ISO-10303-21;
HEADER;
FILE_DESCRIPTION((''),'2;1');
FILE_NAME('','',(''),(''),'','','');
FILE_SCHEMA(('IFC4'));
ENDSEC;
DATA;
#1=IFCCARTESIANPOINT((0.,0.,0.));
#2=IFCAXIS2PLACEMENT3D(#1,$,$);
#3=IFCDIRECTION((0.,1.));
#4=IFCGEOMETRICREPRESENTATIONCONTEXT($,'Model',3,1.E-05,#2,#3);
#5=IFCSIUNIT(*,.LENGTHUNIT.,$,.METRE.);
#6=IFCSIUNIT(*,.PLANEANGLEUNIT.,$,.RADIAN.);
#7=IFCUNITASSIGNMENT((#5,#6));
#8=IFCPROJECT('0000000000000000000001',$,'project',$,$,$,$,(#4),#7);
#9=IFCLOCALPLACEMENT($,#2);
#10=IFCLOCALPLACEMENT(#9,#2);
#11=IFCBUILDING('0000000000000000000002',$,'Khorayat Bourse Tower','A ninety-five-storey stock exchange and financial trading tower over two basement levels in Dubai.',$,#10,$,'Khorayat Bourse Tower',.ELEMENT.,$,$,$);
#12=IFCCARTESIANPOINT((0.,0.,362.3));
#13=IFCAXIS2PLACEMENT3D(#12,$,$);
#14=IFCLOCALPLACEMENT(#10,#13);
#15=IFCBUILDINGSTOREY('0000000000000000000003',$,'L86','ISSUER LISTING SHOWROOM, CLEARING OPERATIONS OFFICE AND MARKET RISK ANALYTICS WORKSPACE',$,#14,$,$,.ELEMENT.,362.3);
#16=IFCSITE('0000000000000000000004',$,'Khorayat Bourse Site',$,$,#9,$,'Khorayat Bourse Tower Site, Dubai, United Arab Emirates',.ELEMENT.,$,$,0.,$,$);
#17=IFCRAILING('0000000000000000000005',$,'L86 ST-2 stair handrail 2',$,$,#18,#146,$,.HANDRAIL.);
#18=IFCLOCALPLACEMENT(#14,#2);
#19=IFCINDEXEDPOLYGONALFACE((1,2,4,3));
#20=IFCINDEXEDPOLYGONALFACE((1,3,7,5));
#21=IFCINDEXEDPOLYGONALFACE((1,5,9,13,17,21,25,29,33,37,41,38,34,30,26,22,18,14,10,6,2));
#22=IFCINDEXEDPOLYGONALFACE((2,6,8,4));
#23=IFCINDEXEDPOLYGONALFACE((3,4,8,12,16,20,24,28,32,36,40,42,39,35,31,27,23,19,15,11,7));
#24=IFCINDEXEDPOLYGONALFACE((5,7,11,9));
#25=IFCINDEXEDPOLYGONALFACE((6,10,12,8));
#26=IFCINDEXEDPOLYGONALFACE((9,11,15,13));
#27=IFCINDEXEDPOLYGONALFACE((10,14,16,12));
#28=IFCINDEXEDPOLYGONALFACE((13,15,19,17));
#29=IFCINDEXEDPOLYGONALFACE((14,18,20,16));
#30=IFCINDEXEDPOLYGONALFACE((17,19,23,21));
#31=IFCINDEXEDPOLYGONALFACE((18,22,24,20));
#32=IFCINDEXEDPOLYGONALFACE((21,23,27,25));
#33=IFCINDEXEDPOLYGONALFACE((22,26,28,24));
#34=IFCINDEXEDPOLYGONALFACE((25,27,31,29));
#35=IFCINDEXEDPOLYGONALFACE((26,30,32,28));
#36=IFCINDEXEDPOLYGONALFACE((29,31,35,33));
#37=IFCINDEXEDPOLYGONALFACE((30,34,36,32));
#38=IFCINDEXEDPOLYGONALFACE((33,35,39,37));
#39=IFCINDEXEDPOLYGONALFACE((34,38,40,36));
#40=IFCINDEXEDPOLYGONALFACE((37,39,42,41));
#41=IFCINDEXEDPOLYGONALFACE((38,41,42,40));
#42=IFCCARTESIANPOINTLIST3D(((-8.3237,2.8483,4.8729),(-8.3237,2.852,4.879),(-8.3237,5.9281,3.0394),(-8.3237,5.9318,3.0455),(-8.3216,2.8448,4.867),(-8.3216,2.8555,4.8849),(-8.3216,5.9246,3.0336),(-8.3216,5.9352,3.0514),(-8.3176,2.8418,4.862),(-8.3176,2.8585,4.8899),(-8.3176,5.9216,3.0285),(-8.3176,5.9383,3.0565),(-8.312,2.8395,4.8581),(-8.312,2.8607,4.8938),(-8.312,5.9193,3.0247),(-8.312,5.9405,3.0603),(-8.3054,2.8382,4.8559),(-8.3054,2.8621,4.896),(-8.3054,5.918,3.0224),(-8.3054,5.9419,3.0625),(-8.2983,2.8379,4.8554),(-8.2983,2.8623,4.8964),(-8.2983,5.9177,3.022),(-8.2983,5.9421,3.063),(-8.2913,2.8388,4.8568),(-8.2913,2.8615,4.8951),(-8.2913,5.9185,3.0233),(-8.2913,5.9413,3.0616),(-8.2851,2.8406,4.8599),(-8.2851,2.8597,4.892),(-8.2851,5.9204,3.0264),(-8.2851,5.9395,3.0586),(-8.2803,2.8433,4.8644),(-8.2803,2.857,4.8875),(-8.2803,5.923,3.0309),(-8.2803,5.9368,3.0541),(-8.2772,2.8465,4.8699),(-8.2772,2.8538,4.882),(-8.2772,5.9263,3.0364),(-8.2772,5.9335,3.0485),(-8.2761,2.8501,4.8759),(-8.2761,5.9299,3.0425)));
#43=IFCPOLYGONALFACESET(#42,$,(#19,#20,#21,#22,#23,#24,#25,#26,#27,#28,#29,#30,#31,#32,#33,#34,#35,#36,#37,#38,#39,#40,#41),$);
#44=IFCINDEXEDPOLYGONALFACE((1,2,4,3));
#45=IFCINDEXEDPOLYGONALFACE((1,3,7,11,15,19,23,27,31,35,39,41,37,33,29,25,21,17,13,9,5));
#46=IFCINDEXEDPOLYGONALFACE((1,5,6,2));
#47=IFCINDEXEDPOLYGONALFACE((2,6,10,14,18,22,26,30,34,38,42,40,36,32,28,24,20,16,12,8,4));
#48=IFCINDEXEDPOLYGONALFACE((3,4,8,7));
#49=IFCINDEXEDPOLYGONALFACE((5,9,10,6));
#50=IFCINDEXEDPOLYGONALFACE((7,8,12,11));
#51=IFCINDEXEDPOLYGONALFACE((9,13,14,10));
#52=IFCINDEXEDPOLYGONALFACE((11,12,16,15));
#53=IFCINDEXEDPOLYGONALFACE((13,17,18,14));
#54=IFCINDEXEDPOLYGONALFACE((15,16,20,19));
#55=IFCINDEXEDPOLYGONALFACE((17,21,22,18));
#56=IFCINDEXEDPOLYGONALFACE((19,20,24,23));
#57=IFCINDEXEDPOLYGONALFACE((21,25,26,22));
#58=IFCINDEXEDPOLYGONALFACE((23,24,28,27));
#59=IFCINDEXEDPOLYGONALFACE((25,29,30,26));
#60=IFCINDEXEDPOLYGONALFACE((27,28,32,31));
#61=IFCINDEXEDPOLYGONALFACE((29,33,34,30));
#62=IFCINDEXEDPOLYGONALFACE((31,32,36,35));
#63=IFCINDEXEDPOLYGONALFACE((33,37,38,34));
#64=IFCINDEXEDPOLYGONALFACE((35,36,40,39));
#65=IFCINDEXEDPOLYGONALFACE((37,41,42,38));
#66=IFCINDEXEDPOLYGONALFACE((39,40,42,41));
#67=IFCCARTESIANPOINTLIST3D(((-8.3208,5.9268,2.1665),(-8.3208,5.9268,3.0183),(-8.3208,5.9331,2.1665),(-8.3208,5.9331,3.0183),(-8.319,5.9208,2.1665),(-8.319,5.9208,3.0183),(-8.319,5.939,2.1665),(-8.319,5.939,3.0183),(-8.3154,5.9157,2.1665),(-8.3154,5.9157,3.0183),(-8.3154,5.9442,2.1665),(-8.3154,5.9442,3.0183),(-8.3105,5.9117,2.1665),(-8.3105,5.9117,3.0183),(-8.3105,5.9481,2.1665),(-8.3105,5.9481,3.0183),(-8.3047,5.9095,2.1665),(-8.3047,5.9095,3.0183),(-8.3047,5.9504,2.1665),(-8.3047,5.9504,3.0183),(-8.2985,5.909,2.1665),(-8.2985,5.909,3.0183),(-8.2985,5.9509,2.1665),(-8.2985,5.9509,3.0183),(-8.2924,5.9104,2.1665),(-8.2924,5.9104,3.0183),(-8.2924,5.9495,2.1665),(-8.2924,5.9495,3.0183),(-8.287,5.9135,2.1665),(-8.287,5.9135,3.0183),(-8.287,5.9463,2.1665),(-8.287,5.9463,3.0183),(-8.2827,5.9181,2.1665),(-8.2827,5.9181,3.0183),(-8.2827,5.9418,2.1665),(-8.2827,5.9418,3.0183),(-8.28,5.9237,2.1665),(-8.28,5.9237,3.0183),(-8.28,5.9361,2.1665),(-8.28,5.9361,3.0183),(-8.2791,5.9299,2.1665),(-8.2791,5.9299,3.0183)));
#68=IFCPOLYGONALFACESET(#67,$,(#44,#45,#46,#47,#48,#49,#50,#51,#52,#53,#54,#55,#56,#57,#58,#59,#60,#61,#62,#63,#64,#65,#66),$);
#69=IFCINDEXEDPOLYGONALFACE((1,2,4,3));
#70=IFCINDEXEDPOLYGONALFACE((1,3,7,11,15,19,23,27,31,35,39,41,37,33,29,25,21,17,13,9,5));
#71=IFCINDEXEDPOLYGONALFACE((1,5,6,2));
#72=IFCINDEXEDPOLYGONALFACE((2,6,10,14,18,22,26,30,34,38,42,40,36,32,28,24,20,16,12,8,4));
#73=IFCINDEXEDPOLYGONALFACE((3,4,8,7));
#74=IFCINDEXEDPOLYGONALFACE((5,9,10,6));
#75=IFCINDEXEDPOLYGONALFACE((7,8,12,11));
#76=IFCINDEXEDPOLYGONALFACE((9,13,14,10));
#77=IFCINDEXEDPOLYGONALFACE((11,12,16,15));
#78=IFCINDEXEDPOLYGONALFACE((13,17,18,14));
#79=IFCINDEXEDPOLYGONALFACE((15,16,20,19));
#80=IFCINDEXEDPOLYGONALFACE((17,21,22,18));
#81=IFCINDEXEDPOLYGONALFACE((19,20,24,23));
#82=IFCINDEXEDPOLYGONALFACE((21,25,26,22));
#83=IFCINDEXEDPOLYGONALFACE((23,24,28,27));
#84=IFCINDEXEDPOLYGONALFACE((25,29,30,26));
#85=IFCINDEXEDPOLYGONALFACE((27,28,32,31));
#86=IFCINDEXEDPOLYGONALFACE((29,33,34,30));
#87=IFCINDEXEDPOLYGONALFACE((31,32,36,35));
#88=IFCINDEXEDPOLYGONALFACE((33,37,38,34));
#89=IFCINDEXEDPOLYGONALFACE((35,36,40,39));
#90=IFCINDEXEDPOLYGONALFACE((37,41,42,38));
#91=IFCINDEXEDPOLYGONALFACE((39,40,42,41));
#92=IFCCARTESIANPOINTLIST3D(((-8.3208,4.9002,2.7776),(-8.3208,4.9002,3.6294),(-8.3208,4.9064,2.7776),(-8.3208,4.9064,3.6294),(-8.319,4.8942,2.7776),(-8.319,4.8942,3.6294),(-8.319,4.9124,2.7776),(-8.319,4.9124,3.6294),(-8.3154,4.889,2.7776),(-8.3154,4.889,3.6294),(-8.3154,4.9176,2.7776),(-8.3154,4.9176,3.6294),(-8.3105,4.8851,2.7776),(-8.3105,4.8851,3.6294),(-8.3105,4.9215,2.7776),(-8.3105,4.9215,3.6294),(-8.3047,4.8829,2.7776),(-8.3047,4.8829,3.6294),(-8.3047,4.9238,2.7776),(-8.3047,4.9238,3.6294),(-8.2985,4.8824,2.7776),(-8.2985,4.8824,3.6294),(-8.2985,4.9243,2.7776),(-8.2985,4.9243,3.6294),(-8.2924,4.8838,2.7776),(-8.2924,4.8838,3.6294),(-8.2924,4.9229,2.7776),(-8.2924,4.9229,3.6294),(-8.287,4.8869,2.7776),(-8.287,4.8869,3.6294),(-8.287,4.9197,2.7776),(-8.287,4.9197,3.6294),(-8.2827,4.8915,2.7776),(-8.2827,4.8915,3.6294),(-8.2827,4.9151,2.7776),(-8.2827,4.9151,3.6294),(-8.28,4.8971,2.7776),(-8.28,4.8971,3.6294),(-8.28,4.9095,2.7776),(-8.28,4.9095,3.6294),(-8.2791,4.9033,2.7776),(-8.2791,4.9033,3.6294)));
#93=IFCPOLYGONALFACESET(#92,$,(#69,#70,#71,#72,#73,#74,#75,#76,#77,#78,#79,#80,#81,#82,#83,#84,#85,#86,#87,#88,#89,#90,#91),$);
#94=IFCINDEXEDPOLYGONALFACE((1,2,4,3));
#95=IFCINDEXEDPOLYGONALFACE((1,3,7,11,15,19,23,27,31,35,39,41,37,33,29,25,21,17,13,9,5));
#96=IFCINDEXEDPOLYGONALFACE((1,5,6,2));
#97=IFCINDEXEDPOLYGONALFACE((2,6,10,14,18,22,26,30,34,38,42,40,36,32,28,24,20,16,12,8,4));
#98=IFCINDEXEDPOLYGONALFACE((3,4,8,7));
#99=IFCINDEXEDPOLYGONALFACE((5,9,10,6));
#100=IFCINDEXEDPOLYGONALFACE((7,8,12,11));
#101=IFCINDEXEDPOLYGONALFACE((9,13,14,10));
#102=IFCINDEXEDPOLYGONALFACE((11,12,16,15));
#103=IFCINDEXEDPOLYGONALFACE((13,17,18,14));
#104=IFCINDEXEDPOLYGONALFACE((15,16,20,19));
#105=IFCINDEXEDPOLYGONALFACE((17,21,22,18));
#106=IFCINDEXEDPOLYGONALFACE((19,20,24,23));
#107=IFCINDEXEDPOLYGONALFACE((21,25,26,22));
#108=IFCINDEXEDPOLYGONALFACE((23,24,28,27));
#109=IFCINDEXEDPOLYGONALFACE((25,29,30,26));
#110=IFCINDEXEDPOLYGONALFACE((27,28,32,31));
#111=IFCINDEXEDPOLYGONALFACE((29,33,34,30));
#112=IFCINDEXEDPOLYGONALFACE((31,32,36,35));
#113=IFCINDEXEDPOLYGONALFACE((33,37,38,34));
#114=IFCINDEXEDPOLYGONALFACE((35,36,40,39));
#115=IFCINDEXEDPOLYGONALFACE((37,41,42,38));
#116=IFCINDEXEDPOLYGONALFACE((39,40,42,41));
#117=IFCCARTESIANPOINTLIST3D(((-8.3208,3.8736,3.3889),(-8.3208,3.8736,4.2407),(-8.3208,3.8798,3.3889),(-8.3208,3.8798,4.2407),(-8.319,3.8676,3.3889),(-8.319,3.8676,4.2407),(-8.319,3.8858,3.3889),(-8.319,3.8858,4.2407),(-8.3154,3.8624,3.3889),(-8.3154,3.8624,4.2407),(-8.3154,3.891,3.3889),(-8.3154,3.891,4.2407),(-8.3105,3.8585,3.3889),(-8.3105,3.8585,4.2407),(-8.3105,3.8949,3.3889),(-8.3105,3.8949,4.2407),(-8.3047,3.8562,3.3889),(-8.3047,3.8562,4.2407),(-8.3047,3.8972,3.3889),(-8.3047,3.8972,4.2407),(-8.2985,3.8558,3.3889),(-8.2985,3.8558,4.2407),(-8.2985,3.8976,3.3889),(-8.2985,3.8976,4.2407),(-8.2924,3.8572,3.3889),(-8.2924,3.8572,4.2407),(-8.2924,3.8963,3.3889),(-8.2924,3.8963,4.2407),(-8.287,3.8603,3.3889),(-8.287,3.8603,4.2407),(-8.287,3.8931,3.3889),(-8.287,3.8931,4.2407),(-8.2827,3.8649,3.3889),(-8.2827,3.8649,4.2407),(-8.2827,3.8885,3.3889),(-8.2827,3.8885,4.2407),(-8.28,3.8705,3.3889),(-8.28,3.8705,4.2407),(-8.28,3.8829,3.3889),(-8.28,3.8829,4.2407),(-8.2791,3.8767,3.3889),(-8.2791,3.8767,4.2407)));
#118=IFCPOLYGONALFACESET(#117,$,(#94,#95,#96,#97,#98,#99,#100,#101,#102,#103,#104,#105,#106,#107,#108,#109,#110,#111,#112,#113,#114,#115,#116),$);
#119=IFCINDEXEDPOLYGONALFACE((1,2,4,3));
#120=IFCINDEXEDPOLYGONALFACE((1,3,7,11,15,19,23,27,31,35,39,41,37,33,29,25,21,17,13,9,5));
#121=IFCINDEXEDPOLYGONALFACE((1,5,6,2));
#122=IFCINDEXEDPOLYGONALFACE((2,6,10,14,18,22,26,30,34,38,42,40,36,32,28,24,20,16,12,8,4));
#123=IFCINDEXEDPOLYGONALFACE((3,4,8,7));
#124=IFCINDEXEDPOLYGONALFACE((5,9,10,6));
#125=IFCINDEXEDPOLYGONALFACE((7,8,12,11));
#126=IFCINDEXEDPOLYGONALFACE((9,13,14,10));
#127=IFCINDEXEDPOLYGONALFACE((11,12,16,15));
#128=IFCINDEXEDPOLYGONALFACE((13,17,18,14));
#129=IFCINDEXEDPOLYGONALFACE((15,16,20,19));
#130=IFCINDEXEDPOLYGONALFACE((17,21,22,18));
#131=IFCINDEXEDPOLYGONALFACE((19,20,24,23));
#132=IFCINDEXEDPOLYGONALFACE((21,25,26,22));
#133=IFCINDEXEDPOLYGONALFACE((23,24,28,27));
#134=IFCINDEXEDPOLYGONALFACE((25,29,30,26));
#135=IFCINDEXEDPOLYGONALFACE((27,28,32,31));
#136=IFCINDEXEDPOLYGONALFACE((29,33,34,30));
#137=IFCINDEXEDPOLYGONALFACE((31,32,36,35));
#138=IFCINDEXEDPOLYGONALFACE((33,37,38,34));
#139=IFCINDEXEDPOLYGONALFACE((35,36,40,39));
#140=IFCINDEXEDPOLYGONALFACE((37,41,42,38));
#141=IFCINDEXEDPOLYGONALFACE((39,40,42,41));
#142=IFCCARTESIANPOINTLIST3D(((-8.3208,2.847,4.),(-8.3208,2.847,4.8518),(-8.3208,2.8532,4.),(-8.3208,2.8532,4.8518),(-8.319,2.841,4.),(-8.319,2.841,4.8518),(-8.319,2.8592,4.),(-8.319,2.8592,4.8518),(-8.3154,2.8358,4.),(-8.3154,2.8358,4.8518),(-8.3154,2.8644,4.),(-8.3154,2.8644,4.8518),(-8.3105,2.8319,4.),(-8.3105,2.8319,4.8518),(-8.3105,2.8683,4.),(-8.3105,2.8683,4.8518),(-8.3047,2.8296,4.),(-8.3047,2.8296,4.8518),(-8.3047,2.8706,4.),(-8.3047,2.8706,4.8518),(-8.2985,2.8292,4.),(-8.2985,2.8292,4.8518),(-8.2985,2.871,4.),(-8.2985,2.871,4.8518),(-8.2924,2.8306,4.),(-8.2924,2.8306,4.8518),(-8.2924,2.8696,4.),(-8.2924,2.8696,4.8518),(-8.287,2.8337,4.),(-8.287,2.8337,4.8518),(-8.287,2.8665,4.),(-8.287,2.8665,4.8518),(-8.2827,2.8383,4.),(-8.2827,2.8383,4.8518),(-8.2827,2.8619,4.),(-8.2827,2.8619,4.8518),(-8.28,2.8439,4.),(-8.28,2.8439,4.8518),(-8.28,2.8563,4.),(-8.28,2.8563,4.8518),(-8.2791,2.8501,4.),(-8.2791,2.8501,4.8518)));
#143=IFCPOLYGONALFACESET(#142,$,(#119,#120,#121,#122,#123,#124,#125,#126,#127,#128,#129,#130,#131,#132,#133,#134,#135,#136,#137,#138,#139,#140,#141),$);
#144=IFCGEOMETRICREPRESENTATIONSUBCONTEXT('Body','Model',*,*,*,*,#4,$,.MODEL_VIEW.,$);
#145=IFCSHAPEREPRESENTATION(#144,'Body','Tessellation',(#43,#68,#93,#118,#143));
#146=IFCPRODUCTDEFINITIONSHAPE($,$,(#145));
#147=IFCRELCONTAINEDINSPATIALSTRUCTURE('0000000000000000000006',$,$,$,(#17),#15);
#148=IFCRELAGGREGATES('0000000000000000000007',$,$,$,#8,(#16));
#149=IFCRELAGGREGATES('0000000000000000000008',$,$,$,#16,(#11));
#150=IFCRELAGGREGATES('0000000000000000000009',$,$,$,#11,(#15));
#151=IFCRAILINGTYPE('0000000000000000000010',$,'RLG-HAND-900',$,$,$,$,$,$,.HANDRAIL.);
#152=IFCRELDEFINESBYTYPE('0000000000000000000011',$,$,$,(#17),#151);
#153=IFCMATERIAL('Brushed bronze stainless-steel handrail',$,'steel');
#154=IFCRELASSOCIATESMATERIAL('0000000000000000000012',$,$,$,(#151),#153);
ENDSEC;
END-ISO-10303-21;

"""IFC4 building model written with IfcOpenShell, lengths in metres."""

from ifc_helpers import new_model, si_unit, direction, frame, origin, origin_2d, place, context, subcontext, project, spatial, circle, extrude, source, transform, mapped, material, type_object, element, save


model = new_model("IFC4")

# Units and contexts
model_context = context("Model", 3, precision=1e-05, world=origin(), true_north=direction((0.0, 1.0)))
body_context = subcontext(model_context, "Body", "Model", "MODEL_VIEW")
ifc_project = project(units=[si_unit("LENGTHUNIT", "METRE"), si_unit("PLANEANGLEUNIT", "RADIAN")], contexts=[model_context])

# Site, building, storey
site_placement = place(None, origin())
site = spatial("IfcSite", under=ifc_project, at=site_placement, Name="Khorayat Bourse Site", LongName="Khorayat Bourse Tower Site, Dubai, United Arab Emirates", CompositionType="ELEMENT", RefElevation=0.0)
building_placement = place(site_placement, origin())
building = spatial("IfcBuilding", under=site, at=building_placement, Name="Khorayat Bourse Tower", Description="A ninety-five-storey stock exchange and financial trading tower over two basement levels in Dubai.", LongName="Khorayat Bourse Tower", CompositionType="ELEMENT")
storey_placement = place(building_placement, frame((0.0, 0.0, 362.3)))
storey = spatial("IfcBuildingStorey", under=building, at=storey_placement, Name="L86", Description="ISSUER LISTING SHOWROOM, CLEARING OPERATIONS OFFICE AND MARKET RISK ANALYTICS WORKSPACE", CompositionType="ELEMENT", Elevation=362.3)

# Railing
ifc_material_1 = material(Name="Brushed bronze stainless-steel handrail", Category="steel")
railing_type_1 = type_object("IfcRailingType", Name="RLG-HAND-900", PredefinedType="HANDRAIL", material=ifc_material_1)
shared_shape_1 = source(origin(), body_context, "Body", "SweptSolid", [
    extrude(circle(Radius=0.0239, at=origin_2d()), frame((0.0, 0.0, 0.876), z_axis=(0.0, -0.859261, 0.511538), x_axis=(1.0, 0.0, 0.0)), (0.0, 0.0, 1.0), 3.5842),
    extrude(circle(Radius=0.021, at=origin_2d()), origin(), (0.0, 0.0, 1.0), 0.8518),
    extrude(circle(Radius=0.021, at=origin_2d()), frame((0.0, -1.0266, 0.6111)), (0.0, 0.0, 1.0), 0.8518),
    extrude(circle(Radius=0.021, at=origin_2d()), frame((0.0, -2.0532, 1.2224)), (0.0, 0.0, 1.0), 0.8518),
    extrude(circle(Radius=0.021, at=origin_2d()), frame((0.0, -3.0798, 1.8335)), (0.0, 0.0, 1.0), 0.8518),
])
railing_1_placement = place(storey_placement, frame((-8.3, 5.9299, 2.1665)))
element("IfcRailing", 1, at=railing_1_placement, inside=storey, type_object=railing_type_1, Name="L86 ST-2 stair handrail 2", PredefinedType="HANDRAIL", context=body_context, shape_type="MappedRepresentation", body=[
    mapped(shared_shape_1, transform((0.0, 0.0, 0.0), scale=1.0)),
])

save(model, "model.ifc")
